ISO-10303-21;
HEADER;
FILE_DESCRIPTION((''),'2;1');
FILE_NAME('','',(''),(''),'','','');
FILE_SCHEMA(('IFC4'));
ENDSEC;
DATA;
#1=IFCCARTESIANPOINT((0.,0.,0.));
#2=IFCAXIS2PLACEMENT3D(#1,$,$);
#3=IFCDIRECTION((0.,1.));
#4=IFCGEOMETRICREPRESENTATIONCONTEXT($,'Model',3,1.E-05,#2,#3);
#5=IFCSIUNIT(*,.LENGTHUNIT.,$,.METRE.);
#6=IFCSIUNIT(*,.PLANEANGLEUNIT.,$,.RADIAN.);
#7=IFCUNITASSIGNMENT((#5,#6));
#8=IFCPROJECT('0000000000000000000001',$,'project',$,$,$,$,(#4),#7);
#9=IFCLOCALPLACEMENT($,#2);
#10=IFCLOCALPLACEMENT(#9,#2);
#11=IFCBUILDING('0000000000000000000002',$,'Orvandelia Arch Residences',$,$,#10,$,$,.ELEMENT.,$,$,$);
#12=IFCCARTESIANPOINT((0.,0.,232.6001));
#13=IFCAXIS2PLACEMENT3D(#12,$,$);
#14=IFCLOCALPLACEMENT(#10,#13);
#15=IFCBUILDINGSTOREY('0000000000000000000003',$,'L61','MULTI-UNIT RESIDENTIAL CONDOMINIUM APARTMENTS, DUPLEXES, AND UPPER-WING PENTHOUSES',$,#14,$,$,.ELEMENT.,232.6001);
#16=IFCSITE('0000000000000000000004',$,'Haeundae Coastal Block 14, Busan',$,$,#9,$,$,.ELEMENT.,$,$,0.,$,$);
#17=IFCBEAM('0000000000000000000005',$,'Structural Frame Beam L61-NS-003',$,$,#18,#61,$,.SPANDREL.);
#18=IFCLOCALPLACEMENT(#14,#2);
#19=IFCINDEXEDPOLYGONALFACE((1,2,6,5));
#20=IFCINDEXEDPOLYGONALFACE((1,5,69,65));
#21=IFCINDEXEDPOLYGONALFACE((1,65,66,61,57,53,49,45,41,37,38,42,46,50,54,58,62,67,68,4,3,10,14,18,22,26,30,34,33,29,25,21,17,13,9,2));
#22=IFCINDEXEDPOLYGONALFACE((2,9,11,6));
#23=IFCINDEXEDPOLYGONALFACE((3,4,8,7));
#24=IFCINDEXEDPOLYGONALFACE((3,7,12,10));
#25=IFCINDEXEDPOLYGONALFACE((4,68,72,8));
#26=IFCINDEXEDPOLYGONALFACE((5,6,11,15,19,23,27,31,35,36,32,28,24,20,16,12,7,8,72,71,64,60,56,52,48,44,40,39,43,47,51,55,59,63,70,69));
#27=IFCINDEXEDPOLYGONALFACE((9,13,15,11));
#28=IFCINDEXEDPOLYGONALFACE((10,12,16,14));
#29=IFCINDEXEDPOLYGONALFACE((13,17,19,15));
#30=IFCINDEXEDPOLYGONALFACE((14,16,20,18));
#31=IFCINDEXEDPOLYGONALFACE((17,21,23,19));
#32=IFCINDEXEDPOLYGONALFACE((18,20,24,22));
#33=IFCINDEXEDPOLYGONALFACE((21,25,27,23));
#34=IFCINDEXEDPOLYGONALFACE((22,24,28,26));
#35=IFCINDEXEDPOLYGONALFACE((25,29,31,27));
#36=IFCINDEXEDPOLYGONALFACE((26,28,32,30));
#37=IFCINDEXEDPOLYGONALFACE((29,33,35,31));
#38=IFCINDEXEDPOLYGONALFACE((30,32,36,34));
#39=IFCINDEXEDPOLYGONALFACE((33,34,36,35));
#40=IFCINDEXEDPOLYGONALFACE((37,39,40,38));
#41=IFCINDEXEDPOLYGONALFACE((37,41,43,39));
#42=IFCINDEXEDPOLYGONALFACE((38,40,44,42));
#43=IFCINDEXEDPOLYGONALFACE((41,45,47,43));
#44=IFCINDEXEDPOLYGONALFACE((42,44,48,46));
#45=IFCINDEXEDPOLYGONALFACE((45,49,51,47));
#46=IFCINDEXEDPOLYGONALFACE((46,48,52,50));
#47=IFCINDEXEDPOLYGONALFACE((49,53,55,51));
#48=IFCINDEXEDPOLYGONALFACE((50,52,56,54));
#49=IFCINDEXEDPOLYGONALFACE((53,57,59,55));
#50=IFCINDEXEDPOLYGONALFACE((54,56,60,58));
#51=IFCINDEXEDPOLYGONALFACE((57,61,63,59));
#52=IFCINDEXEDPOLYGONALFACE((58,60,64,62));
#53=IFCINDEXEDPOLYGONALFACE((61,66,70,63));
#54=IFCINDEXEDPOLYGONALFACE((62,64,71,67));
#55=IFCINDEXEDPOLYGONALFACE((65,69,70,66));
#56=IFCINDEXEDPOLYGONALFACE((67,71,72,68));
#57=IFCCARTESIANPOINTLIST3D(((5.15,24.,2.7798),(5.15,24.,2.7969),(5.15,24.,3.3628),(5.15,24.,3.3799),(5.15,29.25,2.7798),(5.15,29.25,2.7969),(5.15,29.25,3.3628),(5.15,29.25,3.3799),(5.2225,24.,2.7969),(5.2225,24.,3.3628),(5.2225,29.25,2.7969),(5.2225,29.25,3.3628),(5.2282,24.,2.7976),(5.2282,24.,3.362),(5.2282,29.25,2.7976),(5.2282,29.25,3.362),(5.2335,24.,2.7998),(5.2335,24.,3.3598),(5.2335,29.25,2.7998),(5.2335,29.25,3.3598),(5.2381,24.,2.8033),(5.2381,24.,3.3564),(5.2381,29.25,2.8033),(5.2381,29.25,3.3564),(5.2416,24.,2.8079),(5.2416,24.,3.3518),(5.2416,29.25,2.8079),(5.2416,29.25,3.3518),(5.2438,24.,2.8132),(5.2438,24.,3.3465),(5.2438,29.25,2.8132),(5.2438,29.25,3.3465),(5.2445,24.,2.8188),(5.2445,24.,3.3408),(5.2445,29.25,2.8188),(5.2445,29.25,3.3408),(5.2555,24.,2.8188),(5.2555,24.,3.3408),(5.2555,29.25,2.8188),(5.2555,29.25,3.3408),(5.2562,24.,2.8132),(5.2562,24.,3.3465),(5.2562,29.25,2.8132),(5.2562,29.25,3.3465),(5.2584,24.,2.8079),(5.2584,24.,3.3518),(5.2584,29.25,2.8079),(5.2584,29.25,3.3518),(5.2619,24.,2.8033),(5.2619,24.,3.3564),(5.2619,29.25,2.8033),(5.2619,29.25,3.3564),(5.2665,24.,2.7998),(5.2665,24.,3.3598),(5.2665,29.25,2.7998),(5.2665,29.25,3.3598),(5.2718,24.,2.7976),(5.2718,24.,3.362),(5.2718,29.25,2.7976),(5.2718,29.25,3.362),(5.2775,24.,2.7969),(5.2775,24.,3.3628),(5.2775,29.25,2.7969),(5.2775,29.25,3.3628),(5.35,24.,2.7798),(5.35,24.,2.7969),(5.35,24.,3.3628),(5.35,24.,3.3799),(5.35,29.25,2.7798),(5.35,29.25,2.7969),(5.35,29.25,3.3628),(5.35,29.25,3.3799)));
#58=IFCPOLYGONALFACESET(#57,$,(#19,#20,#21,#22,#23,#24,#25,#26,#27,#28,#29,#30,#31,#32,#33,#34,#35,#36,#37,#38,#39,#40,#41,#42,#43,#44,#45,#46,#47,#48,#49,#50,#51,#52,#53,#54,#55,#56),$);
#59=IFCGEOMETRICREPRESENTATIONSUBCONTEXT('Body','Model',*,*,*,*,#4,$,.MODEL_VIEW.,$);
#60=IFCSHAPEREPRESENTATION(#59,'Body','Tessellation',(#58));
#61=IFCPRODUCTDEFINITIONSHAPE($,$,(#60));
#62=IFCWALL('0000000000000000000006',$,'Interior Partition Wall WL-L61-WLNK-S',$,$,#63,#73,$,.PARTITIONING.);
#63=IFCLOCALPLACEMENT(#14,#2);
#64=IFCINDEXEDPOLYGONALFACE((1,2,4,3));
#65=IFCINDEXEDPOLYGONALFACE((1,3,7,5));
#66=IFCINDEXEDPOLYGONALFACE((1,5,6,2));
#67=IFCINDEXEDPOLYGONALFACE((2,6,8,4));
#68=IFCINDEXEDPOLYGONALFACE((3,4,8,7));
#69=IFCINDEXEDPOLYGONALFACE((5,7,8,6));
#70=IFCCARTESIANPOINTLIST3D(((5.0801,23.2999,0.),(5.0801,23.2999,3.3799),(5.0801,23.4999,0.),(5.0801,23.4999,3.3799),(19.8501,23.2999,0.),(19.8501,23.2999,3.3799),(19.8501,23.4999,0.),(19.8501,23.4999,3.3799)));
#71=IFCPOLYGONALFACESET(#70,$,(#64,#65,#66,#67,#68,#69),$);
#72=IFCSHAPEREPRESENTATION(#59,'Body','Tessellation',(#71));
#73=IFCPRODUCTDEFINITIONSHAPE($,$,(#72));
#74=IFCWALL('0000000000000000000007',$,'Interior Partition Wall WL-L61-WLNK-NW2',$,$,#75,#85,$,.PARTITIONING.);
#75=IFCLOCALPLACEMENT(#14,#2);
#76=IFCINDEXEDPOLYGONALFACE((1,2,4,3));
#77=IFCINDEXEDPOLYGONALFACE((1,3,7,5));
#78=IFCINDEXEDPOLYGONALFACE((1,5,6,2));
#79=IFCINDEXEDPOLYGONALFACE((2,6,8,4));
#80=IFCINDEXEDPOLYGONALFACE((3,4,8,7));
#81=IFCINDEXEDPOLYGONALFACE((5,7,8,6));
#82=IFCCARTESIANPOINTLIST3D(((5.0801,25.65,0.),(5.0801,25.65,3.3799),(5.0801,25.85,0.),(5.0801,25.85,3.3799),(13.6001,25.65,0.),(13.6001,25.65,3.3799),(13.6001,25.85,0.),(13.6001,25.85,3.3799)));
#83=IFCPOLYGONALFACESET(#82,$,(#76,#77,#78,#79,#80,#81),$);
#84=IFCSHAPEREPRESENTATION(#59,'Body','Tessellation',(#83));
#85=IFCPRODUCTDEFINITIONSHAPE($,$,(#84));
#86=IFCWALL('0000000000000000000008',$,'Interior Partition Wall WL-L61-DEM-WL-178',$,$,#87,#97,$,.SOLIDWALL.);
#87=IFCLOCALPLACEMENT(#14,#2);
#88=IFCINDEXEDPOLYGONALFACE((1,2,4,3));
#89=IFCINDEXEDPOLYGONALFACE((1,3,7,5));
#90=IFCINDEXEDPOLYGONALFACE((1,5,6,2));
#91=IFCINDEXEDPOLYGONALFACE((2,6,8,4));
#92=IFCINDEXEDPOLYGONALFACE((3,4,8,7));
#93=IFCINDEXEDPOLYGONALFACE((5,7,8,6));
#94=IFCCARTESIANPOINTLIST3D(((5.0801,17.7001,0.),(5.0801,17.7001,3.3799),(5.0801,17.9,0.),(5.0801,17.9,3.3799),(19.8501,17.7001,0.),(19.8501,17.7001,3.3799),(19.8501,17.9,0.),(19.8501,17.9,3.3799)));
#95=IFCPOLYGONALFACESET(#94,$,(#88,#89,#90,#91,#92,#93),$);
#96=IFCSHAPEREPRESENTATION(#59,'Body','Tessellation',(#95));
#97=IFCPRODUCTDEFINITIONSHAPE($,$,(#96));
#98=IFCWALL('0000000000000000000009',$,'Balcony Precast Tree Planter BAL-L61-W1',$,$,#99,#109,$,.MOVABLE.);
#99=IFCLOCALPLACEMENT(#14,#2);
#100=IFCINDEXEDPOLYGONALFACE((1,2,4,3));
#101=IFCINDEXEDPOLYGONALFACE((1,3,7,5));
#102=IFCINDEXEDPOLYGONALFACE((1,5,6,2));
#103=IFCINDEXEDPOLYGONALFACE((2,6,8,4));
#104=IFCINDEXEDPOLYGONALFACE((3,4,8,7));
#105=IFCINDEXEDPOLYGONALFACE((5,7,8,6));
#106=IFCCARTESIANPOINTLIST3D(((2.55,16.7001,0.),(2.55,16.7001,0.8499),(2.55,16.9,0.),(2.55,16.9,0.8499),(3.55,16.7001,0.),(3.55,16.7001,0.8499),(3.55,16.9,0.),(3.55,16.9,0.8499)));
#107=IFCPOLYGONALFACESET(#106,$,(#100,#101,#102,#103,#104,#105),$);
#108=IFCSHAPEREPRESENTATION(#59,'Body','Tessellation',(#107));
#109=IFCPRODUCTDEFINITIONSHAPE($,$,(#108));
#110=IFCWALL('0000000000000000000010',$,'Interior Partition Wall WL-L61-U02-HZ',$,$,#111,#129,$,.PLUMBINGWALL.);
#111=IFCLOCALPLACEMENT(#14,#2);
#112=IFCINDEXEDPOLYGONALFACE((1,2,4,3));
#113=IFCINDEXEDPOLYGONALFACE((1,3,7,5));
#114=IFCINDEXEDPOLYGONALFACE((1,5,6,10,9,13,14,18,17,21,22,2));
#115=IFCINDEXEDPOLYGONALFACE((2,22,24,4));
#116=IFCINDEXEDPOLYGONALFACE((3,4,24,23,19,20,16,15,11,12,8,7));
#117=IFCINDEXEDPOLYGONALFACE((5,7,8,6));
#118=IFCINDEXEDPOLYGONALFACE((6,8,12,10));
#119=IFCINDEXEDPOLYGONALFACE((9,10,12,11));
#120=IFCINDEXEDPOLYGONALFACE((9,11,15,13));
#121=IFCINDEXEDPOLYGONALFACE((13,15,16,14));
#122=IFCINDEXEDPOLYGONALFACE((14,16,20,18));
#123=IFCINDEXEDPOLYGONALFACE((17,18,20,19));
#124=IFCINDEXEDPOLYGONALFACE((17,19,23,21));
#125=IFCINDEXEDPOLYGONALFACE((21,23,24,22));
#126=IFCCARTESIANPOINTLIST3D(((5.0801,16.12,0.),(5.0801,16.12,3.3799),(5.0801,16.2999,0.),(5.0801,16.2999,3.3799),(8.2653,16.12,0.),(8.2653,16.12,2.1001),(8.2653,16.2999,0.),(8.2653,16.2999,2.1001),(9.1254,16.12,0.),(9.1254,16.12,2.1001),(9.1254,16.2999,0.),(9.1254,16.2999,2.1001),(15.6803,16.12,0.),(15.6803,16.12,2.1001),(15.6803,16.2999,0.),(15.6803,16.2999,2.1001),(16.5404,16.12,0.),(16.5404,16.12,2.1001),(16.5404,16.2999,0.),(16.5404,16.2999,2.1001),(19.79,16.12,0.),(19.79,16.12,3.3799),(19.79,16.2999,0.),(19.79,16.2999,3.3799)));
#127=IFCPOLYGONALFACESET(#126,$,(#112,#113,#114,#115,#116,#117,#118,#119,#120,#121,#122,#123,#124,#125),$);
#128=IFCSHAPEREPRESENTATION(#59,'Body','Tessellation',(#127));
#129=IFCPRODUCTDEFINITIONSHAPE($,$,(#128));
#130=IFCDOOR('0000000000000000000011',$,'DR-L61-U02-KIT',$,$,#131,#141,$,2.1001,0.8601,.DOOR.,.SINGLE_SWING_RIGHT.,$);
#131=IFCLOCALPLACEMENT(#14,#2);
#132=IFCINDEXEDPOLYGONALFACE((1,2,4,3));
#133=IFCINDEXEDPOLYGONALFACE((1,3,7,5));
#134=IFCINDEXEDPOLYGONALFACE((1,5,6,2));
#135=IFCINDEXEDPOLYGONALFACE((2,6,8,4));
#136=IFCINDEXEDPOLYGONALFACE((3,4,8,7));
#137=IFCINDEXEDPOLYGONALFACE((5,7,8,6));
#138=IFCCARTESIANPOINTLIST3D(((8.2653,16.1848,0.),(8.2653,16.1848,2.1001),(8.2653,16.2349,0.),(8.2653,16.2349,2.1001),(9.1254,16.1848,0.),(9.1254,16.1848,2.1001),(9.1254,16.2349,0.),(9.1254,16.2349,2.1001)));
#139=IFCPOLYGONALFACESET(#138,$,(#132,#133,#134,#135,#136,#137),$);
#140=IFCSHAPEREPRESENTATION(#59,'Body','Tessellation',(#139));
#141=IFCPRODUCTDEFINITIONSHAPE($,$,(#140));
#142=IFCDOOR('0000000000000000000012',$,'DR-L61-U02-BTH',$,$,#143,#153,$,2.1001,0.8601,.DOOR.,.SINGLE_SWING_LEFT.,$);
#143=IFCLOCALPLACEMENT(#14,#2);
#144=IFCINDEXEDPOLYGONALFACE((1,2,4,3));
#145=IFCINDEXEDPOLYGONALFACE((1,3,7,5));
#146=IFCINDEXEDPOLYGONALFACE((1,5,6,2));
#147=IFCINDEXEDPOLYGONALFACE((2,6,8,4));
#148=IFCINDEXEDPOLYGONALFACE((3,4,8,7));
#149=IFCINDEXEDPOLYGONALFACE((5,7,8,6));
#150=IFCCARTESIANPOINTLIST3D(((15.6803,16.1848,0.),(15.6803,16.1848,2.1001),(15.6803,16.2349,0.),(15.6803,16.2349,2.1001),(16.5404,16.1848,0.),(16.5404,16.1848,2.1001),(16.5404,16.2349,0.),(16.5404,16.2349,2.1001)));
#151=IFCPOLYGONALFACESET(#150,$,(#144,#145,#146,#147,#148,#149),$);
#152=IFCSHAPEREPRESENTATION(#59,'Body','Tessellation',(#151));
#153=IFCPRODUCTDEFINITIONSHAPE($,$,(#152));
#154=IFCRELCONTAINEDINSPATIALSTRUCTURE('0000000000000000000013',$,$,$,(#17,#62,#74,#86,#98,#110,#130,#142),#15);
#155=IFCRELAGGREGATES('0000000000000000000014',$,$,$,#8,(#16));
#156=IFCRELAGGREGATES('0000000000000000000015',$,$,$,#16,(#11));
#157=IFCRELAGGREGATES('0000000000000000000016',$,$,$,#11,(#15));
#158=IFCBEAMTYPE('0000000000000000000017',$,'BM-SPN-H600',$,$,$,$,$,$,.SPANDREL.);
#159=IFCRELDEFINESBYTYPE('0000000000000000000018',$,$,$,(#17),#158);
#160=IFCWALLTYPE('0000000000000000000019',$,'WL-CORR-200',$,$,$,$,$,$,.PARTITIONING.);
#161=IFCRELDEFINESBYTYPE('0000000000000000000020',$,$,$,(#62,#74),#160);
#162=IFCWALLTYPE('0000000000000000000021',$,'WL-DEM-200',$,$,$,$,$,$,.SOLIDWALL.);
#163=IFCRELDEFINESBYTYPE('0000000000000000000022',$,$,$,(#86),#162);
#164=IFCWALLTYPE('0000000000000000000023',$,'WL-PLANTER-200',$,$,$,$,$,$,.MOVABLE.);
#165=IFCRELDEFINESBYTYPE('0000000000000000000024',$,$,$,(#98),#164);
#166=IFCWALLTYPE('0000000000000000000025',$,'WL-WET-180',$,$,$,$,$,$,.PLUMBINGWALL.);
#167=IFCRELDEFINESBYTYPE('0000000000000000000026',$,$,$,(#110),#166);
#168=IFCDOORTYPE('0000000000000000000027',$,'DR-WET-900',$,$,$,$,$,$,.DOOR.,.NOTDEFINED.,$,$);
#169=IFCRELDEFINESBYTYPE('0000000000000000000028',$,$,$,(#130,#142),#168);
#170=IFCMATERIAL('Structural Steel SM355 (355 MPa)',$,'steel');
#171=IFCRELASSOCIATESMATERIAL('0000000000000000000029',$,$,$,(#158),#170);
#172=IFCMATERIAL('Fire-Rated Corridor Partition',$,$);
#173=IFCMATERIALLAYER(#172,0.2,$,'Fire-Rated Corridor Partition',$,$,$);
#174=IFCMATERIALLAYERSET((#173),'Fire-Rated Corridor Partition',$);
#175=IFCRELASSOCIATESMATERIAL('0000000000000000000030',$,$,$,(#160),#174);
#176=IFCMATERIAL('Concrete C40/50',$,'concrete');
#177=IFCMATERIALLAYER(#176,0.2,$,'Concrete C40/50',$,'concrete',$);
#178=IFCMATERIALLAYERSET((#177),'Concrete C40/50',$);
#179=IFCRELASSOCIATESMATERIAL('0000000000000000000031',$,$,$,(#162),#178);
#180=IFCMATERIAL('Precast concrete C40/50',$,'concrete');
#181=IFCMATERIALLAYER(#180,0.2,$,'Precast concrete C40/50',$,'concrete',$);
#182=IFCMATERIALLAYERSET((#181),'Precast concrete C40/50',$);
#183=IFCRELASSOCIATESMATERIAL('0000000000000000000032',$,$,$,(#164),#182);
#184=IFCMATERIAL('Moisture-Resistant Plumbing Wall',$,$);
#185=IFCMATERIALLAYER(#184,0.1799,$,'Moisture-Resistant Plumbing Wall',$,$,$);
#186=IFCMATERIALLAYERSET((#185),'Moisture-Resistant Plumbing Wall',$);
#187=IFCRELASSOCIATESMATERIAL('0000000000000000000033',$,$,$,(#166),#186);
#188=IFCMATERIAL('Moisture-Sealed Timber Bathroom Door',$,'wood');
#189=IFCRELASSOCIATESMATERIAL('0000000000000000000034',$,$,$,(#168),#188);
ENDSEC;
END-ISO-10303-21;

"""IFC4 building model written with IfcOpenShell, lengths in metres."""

from ifc_helpers import new_model, si_unit, direction, frame, frame_2d, origin, origin_2d, place, context, subcontext, project, spatial, rectangle, i_section, extrude, material, layer, layer_set, material_profile, profile_set, type_object, element, fill, save


model = new_model("IFC4")

# Units and contexts
model_context = context("Model", 3, precision=1e-05, world=origin(), true_north=direction((0.0, 1.0)))
body_context = subcontext(model_context, "Body", "Model", "MODEL_VIEW")
ifc_project = project(units=[si_unit("LENGTHUNIT", "METRE"), si_unit("PLANEANGLEUNIT", "RADIAN")], contexts=[model_context])

# Site, building, storey
site_placement = place(None, origin())
site = spatial("IfcSite", under=ifc_project, at=site_placement, Name="Haeundae Coastal Block 14, Busan", CompositionType="ELEMENT", RefElevation=0.0)
building_placement = place(site_placement, origin())
building = spatial("IfcBuilding", under=site, at=building_placement, Name="Orvandelia Arch Residences", CompositionType="ELEMENT")
storey_placement = place(building_placement, frame((0.0, 0.0, 232.6001)))
storey = spatial("IfcBuildingStorey", under=building, at=storey_placement, Name="L61", Description="MULTI-UNIT RESIDENTIAL CONDOMINIUM APARTMENTS, DUPLEXES, AND UPPER-WING PENTHOUSES", CompositionType="ELEMENT", Elevation=232.6001)

# Beam
ifc_material_1 = material(Name="Structural Steel SM355 (355 MPa)", Category="steel")
ifc_material_profile_1 = material_profile(ifc_material_1, i_section(OverallWidth=0.2, OverallDepth=0.6001, WebThickness=0.011, FlangeThickness=0.0171, FilletRadius=0.022, at=origin_2d()), Name="Structural Steel SM355 (355 MPa)", Category="steel")
ifc_profile_set_1 = profile_set([ifc_material_profile_1], Name="Structural Steel SM355 (355 MPa)")
beam_type_1 = type_object("IfcBeamType", Name="BM-SPN-H600", PredefinedType="SPANDREL", material=ifc_profile_set_1)
beam_1_placement = place(storey_placement, frame((5.25, 24.0, 3.0798), z_axis=(0.0, 1.0, 0.0), x_axis=(-1.0, 0.0, 0.0)))
element("IfcBeam", 1, at=beam_1_placement, inside=storey, type_object=beam_type_1, Name="Structural Frame Beam L61-NS-003", PredefinedType="SPANDREL", context=body_context, shape_type="SweptSolid", body=[
    extrude(i_section(OverallWidth=0.2, OverallDepth=0.6001, WebThickness=0.011, FlangeThickness=0.0171, FilletRadius=0.022, at=origin_2d()), origin(), (0.0, 0.0, 1.0), 5.25),
])

# Walls
ifc_material_2 = material(Name="Fire-Rated Corridor Partition")
ifc_layer_1 = layer(ifc_material_2, 0.2, Name="Fire-Rated Corridor Partition")
ifc_layer_set_1 = layer_set([ifc_layer_1], Name="Fire-Rated Corridor Partition")
wall_type_1 = type_object("IfcWallType", Name="WL-CORR-200", PredefinedType="PARTITIONING", material=ifc_layer_set_1)
wall_1_placement = place(storey_placement, frame((5.0801, 23.3999, 0.0), z_axis=(0.0, 0.0, 1.0), x_axis=(1.0, 0.0, 0.0)))
element("IfcWall", 2, at=wall_1_placement, inside=storey, type_object=wall_type_1, Name="Interior Partition Wall WL-L61-WLNK-S", PredefinedType="PARTITIONING", context=body_context, shape_type="SweptSolid", body=[
    extrude(rectangle(XDim=14.77, YDim=0.2, at=frame_2d((7.385, 0.0))), origin(), (0.0, 0.0, 1.0), 3.3799),
])
wall_2_placement = place(storey_placement, frame((5.0801, 25.75, 0.0), z_axis=(0.0, 0.0, 1.0), x_axis=(1.0, 0.0, 0.0)))
element("IfcWall", 3, at=wall_2_placement, inside=storey, type_object=wall_type_1, Name="Interior Partition Wall WL-L61-WLNK-NW2", PredefinedType="PARTITIONING", context=body_context, shape_type="SweptSolid", body=[
    extrude(rectangle(XDim=8.52, YDim=0.2, at=frame_2d((4.26, 0.0))), origin(), (0.0, 0.0, 1.0), 3.3799),
])
ifc_material_3 = material(Name="Concrete C40/50", Category="concrete")
ifc_layer_2 = layer(ifc_material_3, 0.2, Name="Concrete C40/50", Category="concrete")
ifc_layer_set_2 = layer_set([ifc_layer_2], Name="Concrete C40/50")
wall_type_2 = type_object("IfcWallType", Name="WL-DEM-200", PredefinedType="SOLIDWALL", material=ifc_layer_set_2)
wall_3_placement = place(storey_placement, frame((5.0801, 17.8, 0.0), z_axis=(0.0, 0.0, 1.0), x_axis=(1.0, 0.0, 0.0)))
element("IfcWall", 4, at=wall_3_placement, inside=storey, type_object=wall_type_2, Name="Interior Partition Wall WL-L61-DEM-WL-178", PredefinedType="SOLIDWALL", context=body_context, shape_type="SweptSolid", body=[
    extrude(rectangle(XDim=14.77, YDim=0.2, at=frame_2d((7.385, 0.0))), origin(), (0.0, 0.0, 1.0), 3.3799),
])
ifc_material_4 = material(Name="Precast concrete C40/50", Category="concrete")
ifc_layer_3 = layer(ifc_material_4, 0.2, Name="Precast concrete C40/50", Category="concrete")
ifc_layer_set_3 = layer_set([ifc_layer_3], Name="Precast concrete C40/50")
wall_type_3 = type_object("IfcWallType", Name="WL-PLANTER-200", PredefinedType="MOVABLE", material=ifc_layer_set_3)
wall_4_placement = place(storey_placement, frame((2.55, 16.8, 0.0), z_axis=(0.0, 0.0, 1.0), x_axis=(1.0, 0.0, 0.0)))
element("IfcWall", 5, at=wall_4_placement, inside=storey, type_object=wall_type_3, Name="Balcony Precast Tree Planter BAL-L61-W1", PredefinedType="MOVABLE", context=body_context, shape_type="SweptSolid", body=[
    extrude(rectangle(XDim=1.0, YDim=0.2, at=frame_2d((0.5, 0.0))), origin(), (0.0, 0.0, 1.0), 0.8499),
])

# Wall, openings, doors
ifc_material_5 = material(Name="Moisture-Resistant Plumbing Wall")
ifc_layer_4 = layer(ifc_material_5, 0.1799, Name="Moisture-Resistant Plumbing Wall")
ifc_layer_set_4 = layer_set([ifc_layer_4], Name="Moisture-Resistant Plumbing Wall")
wall_type_4 = type_object("IfcWallType", Name="WL-WET-180", PredefinedType="PLUMBINGWALL", material=ifc_layer_set_4)
wall_5_placement = place(storey_placement, frame((5.0801, 16.21, 0.0), z_axis=(0.0, 0.0, 1.0), x_axis=(1.0, 0.0, 0.0)))
wall_5 = element("IfcWall", 6, at=wall_5_placement, inside=storey, type_object=wall_type_4, Name="Interior Partition Wall WL-L61-U02-HZ", PredefinedType="PLUMBINGWALL", context=body_context, shape_type="SweptSolid", body=[
    extrude(rectangle(XDim=14.71, YDim=0.1799, at=frame_2d((7.355, 0.0))), origin(), (0.0, 0.0, 1.0), 3.3799),
])
opening_1_placement = place(wall_5_placement, frame((3.1851, 0.0, 0.0)))
opening_1 = element("IfcOpeningElement", 7, at=opening_1_placement, cuts=wall_5, PredefinedType="OPENING", context=body_context, shape_type="SweptSolid", body=[
    extrude(rectangle(XDim=0.8601, YDim=2.1001, at=frame_2d((0.4302, 1.05))), frame((0.0, 0.1001, 0.0), z_axis=(0.0, -1.0, 0.0), x_axis=(1.0, 0.0, 0.0)), (0.0, 0.0, 1.0), 0.2),
])
opening_2_placement = place(wall_5_placement, frame((10.6001, 0.0, 0.0)))
opening_2 = element("IfcOpeningElement", 8, at=opening_2_placement, cuts=wall_5, PredefinedType="OPENING", context=body_context, shape_type="SweptSolid", body=[
    extrude(rectangle(XDim=0.8601, YDim=2.1001, at=frame_2d((0.4302, 1.05))), frame((0.0, 0.1001, 0.0), z_axis=(0.0, -1.0, 0.0), x_axis=(1.0, 0.0, 0.0)), (0.0, 0.0, 1.0), 0.2),
])
ifc_material_6 = material(Name="Moisture-Sealed Timber Bathroom Door", Category="wood")
door_type = type_object("IfcDoorType", Name="DR-WET-900", OperationType="NOTDEFINED", PredefinedType="DOOR", material=ifc_material_6)
door_1_placement = place(opening_1_placement, origin())
door_1 = element("IfcDoor", 9, at=door_1_placement, inside=storey, type_object=door_type, Name="DR-L61-U02-KIT", OperationType="SINGLE_SWING_RIGHT", OverallHeight=2.1001, OverallWidth=0.8601, PredefinedType="DOOR", context=body_context, shape_type="SweptSolid", body=[
    extrude(rectangle(XDim=0.8601, YDim=2.1001, at=frame_2d((0.4302, 1.05))), frame((0.0, 0.0249, 0.0), z_axis=(0.0, -1.0, 0.0), x_axis=(1.0, 0.0, 0.0)), (0.0, 0.0, 1.0), 0.05),
])
fill(opening_1, door_1)
door_2_placement = place(opening_2_placement, origin())
door_2 = element("IfcDoor", 10, at=door_2_placement, inside=storey, type_object=door_type, Name="DR-L61-U02-BTH", OperationType="SINGLE_SWING_LEFT", OverallHeight=2.1001, OverallWidth=0.8601, PredefinedType="DOOR", context=body_context, shape_type="SweptSolid", body=[
    extrude(rectangle(XDim=0.8601, YDim=2.1001, at=frame_2d((0.4302, 1.05))), frame((0.0, 0.0249, 0.0), z_axis=(0.0, -1.0, 0.0), x_axis=(1.0, 0.0, 0.0)), (0.0, 0.0, 1.0), 0.05),
])
fill(opening_2, door_2)

save(model, "model.ifc")
